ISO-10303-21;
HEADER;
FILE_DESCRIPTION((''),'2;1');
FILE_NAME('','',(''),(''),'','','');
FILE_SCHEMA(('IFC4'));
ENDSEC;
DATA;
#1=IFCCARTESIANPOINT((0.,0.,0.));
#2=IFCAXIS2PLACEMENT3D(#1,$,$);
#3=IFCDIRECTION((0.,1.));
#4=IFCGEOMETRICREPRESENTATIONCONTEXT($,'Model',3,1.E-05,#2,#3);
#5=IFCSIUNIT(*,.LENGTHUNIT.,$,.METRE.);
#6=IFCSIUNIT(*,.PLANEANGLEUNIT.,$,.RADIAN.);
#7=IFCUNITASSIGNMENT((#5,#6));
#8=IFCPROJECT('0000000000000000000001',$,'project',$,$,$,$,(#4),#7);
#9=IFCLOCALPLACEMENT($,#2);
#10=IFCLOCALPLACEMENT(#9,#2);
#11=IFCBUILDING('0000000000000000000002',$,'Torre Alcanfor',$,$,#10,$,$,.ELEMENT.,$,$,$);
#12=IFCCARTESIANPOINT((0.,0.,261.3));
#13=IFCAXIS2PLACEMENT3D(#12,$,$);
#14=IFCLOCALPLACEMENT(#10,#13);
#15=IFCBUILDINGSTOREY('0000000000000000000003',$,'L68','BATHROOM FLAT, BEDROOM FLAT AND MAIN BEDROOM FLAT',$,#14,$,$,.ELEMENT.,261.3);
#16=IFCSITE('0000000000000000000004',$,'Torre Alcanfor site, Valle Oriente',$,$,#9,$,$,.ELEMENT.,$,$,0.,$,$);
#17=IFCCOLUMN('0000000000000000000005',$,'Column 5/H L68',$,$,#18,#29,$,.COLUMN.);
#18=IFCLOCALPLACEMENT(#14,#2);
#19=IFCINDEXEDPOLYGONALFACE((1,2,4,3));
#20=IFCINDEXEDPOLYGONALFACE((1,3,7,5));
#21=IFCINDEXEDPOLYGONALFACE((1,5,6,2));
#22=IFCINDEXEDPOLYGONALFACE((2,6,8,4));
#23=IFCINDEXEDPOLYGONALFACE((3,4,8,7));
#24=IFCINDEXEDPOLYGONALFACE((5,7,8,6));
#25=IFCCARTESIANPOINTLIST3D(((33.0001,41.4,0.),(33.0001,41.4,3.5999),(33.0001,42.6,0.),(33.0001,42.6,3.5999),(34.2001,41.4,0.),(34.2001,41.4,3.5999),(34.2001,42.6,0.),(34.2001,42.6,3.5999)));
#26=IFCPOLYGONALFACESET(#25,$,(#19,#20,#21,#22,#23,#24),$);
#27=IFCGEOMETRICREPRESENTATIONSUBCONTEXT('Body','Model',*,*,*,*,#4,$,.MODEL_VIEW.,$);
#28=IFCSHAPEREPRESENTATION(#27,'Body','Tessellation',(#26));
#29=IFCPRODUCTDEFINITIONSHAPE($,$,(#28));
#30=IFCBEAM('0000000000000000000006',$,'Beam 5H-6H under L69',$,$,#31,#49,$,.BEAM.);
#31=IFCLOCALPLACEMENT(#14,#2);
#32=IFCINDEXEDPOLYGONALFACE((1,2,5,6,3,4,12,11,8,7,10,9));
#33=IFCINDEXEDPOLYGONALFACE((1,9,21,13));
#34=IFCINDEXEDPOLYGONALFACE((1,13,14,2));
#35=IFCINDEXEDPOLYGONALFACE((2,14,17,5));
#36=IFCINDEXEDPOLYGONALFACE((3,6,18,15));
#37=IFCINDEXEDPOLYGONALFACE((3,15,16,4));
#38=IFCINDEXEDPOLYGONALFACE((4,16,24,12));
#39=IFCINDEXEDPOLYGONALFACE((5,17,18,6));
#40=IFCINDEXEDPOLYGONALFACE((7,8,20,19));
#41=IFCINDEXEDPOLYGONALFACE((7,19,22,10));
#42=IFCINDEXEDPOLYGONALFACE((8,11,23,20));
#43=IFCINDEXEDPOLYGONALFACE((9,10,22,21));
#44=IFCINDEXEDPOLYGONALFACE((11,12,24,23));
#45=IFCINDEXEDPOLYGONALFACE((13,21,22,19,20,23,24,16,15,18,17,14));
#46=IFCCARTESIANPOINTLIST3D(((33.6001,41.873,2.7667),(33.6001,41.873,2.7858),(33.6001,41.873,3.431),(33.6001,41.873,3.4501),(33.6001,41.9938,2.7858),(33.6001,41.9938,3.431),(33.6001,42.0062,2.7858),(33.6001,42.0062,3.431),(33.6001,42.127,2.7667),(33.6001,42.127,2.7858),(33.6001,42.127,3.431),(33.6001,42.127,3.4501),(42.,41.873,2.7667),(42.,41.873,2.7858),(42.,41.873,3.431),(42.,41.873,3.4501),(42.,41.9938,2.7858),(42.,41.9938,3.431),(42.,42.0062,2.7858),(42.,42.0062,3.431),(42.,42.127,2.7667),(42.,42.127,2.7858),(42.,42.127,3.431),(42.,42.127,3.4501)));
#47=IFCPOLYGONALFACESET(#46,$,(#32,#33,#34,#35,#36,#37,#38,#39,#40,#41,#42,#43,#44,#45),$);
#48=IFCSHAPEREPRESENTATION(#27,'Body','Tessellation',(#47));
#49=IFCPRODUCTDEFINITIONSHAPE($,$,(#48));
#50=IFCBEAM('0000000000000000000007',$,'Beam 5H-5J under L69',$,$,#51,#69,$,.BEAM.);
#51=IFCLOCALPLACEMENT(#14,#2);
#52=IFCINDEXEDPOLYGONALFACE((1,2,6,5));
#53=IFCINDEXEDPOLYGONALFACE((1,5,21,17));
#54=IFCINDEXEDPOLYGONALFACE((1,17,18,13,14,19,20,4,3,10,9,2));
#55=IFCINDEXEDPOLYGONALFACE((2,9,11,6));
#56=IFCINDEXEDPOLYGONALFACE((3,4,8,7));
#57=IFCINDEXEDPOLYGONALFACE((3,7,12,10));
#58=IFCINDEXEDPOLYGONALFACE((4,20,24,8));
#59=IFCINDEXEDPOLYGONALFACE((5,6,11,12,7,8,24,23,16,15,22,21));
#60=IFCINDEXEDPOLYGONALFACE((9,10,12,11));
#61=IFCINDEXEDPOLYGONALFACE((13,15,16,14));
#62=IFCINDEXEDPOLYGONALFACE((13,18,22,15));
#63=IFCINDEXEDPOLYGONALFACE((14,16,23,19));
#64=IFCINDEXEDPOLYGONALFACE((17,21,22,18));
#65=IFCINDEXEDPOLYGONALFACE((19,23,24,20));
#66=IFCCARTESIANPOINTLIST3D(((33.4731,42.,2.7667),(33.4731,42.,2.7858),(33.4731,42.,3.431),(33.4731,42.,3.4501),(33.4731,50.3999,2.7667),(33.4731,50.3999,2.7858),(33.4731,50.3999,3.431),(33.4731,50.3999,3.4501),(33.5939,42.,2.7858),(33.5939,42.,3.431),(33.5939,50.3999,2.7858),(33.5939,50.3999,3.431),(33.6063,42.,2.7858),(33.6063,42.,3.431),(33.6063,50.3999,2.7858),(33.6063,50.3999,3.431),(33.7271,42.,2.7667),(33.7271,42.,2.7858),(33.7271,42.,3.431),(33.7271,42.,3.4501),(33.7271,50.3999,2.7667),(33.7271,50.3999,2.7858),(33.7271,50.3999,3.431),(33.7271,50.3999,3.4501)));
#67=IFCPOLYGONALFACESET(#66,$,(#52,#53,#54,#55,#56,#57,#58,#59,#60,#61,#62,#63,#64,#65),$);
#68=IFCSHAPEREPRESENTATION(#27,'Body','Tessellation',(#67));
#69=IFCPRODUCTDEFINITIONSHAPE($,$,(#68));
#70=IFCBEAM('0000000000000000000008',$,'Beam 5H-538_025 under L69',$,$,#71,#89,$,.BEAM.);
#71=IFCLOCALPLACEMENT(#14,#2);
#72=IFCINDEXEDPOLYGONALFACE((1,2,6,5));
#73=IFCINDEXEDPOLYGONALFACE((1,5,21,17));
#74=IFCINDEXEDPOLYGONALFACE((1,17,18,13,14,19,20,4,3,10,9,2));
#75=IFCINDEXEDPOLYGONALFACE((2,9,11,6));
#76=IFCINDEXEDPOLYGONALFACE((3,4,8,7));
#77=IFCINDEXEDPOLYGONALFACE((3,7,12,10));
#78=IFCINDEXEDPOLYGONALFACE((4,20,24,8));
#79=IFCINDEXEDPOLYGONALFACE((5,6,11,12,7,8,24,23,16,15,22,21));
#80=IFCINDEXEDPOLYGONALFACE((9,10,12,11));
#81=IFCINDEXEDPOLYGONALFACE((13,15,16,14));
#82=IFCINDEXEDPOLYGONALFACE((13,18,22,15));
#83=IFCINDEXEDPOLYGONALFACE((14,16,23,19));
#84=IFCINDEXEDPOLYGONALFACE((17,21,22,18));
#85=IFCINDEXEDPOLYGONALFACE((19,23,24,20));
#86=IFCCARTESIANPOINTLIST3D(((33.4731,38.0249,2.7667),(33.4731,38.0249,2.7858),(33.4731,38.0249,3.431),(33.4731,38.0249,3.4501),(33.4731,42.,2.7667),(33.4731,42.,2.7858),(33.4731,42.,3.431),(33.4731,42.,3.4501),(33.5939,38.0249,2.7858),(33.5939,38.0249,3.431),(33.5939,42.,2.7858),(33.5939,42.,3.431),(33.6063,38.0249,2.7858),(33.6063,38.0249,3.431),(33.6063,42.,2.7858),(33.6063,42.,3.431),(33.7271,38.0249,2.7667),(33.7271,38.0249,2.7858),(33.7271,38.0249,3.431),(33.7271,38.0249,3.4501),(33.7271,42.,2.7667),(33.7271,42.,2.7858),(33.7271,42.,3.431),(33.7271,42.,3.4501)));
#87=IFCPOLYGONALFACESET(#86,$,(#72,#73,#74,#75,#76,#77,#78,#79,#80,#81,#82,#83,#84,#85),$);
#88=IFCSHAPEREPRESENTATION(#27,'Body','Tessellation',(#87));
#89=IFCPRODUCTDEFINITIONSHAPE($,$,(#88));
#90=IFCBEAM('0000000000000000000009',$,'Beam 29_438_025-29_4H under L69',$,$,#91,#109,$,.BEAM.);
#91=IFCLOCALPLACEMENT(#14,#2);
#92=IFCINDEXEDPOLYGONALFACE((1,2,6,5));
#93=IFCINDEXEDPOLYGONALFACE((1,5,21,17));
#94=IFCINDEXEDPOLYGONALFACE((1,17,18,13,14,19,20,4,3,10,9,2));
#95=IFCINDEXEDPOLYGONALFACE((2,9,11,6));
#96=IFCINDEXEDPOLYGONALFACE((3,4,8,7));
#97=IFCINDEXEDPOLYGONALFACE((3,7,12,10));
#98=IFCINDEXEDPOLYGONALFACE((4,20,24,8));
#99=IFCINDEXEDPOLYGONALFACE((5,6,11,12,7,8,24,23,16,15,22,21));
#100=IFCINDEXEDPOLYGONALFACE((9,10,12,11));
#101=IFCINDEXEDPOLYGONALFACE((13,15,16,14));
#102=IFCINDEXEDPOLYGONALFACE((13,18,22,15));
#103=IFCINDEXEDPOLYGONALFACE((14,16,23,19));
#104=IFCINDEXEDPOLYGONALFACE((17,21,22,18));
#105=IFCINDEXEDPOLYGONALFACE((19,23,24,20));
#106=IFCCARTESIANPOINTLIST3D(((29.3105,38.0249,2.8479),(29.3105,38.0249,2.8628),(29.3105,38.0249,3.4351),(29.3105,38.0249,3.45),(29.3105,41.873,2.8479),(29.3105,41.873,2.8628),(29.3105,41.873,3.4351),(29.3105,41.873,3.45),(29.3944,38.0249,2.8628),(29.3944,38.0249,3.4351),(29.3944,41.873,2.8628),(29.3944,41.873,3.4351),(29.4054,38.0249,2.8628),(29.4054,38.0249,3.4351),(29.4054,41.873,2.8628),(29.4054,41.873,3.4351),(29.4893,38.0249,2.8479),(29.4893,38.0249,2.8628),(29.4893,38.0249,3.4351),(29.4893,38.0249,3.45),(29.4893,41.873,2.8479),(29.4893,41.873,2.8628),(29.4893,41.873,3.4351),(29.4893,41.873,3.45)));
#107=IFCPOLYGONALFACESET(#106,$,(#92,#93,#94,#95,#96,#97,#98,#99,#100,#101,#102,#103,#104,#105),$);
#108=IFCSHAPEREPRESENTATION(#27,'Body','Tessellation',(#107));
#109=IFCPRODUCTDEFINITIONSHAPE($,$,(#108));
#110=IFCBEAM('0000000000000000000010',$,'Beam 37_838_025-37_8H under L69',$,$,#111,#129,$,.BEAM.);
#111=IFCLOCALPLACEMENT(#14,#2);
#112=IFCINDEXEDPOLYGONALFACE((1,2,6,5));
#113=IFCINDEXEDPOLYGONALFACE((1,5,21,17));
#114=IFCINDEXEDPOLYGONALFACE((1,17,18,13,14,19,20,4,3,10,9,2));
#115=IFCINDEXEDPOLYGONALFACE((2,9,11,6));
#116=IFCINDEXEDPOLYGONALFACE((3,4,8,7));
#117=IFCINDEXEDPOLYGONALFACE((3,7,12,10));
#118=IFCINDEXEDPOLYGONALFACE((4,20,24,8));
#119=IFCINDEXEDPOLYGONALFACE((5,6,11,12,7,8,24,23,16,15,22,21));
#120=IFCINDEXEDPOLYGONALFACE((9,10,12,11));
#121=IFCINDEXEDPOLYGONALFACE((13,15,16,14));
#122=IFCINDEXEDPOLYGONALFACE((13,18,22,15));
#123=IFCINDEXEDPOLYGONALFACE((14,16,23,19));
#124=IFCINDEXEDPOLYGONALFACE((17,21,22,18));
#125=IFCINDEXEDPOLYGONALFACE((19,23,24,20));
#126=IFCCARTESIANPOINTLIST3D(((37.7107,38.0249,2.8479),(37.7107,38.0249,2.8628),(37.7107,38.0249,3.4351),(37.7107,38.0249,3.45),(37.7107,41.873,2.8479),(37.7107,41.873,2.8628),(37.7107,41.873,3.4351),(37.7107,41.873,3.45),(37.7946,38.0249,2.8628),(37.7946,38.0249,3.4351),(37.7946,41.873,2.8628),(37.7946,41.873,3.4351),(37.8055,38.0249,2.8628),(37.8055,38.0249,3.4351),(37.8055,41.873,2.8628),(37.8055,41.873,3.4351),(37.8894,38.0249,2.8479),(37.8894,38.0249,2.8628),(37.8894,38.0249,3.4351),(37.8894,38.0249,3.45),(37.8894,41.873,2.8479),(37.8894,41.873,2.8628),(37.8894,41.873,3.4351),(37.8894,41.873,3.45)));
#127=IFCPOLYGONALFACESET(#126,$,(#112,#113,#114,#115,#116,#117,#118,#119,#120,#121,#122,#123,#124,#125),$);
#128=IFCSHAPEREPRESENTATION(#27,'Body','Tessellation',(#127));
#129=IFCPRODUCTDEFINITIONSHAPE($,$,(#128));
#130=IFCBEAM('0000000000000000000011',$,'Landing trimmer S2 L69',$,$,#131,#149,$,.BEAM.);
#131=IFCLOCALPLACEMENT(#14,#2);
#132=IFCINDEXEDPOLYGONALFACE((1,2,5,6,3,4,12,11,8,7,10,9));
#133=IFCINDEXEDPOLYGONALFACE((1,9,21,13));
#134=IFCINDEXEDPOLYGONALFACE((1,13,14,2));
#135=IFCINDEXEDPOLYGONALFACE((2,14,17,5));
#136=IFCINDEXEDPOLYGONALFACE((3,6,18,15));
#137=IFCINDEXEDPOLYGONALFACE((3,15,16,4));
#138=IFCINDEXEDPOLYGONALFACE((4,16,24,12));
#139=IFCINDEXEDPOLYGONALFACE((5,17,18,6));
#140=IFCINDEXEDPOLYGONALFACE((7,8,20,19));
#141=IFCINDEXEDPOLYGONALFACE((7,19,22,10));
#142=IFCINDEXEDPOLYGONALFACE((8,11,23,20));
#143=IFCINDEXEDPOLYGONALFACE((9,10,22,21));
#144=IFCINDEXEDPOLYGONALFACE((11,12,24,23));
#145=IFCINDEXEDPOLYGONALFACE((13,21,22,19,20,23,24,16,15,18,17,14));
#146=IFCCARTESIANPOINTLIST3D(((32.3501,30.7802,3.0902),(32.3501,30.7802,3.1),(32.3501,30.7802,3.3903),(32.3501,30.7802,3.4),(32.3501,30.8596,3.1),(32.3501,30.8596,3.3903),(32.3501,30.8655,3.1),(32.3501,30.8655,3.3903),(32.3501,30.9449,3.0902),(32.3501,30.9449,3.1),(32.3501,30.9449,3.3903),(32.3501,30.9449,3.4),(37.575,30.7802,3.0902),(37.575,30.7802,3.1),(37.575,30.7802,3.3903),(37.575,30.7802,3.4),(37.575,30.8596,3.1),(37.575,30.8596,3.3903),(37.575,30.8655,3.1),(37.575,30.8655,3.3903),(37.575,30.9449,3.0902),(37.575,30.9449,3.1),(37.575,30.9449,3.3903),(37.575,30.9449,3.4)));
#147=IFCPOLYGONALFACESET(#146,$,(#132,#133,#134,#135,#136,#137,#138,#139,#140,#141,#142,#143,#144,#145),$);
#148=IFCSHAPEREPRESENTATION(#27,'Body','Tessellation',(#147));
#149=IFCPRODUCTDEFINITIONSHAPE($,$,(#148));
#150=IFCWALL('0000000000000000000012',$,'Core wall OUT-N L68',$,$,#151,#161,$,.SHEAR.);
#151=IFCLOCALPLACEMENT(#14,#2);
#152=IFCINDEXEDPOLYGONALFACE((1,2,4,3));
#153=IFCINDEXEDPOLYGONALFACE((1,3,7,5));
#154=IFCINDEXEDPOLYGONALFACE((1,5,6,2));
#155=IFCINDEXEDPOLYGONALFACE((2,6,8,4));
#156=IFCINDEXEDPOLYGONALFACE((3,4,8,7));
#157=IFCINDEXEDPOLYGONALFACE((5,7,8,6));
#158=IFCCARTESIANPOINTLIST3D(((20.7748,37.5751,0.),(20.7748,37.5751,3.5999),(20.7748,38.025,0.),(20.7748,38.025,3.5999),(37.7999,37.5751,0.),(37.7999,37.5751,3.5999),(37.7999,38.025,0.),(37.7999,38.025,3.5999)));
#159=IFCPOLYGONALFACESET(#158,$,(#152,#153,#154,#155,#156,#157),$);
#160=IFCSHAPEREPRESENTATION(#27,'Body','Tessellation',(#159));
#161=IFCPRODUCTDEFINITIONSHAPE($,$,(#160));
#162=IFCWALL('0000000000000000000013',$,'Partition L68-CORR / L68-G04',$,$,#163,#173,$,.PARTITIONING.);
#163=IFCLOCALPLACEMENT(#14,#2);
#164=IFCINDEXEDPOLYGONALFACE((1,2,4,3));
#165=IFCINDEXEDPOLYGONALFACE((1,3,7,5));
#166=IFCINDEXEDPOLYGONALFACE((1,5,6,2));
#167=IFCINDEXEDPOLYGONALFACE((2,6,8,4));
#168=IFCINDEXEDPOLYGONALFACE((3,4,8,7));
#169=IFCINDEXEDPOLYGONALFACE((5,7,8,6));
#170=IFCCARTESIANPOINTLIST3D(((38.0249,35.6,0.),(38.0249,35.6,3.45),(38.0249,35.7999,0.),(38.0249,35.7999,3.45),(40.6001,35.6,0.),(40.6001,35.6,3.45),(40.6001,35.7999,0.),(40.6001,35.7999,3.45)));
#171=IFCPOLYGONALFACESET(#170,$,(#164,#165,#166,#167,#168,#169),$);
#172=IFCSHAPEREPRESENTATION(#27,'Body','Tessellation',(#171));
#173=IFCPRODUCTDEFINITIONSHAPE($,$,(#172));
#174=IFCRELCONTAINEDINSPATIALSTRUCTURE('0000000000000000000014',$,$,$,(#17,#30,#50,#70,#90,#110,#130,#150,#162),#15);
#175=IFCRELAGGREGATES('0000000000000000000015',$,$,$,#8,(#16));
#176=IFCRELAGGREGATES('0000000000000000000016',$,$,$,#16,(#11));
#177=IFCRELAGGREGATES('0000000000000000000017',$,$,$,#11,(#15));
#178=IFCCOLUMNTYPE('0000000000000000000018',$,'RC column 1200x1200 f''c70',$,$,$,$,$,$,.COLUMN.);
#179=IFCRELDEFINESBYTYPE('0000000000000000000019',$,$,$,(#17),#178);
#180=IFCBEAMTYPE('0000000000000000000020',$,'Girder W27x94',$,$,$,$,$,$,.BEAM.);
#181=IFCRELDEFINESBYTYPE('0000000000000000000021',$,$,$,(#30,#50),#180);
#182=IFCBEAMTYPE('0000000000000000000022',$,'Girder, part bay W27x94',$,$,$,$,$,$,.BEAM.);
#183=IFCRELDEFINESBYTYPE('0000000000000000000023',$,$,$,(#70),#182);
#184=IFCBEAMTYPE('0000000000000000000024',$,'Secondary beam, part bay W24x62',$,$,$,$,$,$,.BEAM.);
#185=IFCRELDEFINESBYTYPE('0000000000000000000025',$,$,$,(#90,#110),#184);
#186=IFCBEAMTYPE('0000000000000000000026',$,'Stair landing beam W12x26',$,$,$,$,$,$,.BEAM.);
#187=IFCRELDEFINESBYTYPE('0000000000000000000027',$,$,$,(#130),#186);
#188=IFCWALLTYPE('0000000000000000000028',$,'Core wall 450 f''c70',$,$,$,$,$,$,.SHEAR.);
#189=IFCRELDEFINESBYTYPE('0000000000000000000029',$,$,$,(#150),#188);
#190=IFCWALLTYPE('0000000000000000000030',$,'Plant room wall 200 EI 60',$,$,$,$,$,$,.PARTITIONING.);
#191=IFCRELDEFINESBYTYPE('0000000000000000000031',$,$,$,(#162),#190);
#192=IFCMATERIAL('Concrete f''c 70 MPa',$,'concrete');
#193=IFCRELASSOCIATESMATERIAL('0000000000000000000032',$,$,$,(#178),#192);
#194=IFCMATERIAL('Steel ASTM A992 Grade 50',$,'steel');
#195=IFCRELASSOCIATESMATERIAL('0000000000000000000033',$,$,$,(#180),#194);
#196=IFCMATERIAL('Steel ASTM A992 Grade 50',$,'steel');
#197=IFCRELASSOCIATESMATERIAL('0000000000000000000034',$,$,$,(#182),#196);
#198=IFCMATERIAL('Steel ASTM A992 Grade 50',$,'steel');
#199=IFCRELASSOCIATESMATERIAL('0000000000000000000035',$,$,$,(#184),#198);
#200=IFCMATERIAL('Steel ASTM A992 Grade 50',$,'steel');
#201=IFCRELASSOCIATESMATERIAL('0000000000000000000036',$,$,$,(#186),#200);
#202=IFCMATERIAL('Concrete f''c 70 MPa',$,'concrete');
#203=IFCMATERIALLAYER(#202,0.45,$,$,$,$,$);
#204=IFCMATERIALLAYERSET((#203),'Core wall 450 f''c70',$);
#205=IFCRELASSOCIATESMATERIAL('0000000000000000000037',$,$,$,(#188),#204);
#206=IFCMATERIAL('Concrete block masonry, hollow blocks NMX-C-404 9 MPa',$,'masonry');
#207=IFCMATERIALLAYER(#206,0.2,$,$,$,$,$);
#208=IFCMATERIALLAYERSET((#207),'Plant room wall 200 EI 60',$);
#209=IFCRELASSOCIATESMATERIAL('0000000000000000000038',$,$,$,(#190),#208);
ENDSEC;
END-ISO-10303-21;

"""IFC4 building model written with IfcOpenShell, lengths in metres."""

from ifc_helpers import new_model, si_unit, direction, frame, frame_2d, origin, origin_2d, place, context, subcontext, project, spatial, rectangle, i_section, extrude, material, layer, layer_set, material_profile, profile_set, type_object, element, save


model = new_model("IFC4")

# Units and contexts
model_context = context("Model", 3, precision=1e-05, world=origin(), true_north=direction((0.0, 1.0)))
body_context = subcontext(model_context, "Body", "Model", "MODEL_VIEW")
ifc_project = project(units=[si_unit("LENGTHUNIT", "METRE"), si_unit("PLANEANGLEUNIT", "RADIAN")], contexts=[model_context])

# Site, building, storey
site_placement = place(None, origin())
site = spatial("IfcSite", under=ifc_project, at=site_placement, Name="Torre Alcanfor site, Valle Oriente", CompositionType="ELEMENT", RefElevation=0.0)
building_placement = place(site_placement, origin())
building = spatial("IfcBuilding", under=site, at=building_placement, Name="Torre Alcanfor", CompositionType="ELEMENT")
storey_placement = place(building_placement, frame((0.0, 0.0, 261.3)))
storey = spatial("IfcBuildingStorey", under=building, at=storey_placement, Name="L68", Description="BATHROOM FLAT, BEDROOM FLAT AND MAIN BEDROOM FLAT", CompositionType="ELEMENT", Elevation=261.3)

# Column
ifc_material_1 = material(Name="Concrete f'c 70 MPa", Category="concrete")
ifc_material_profile_1 = material_profile(ifc_material_1, rectangle(XDim=1.2, YDim=1.2, at=origin_2d()), Name="1200x1200")
ifc_profile_set_1 = profile_set([ifc_material_profile_1], Name="Concrete f'c 70 MPa")
column_type = type_object("IfcColumnType", Name="RC column 1200x1200 f'c70", PredefinedType="COLUMN", material=ifc_profile_set_1)
column_placement = place(storey_placement, frame((33.6001, 42.0, 0.0), z_axis=(0.0, 0.0, 1.0), x_axis=(1.0, 0.0, 0.0)))
element("IfcColumn", 1, at=column_placement, inside=storey, type_object=column_type, Name="Column 5/H L68", PredefinedType="COLUMN", context=body_context, shape_type="SweptSolid", body=[
    extrude(rectangle(XDim=1.2, YDim=1.2, at=origin_2d()), origin(), (0.0, 0.0, 1.0), 3.5999),
])

# Beams
ifc_material_2 = material(Name="Steel ASTM A992 Grade 50", Category="steel")
ifc_material_profile_2 = material_profile(ifc_material_2, i_section(OverallWidth=0.2539, OverallDepth=0.6833, WebThickness=0.0125, FlangeThickness=0.019, at=origin_2d()), Name="W27x94")
ifc_profile_set_2 = profile_set([ifc_material_profile_2], Name="Steel ASTM A992 Grade 50")
beam_type_1 = type_object("IfcBeamType", Name="Girder W27x94", PredefinedType="BEAM", material=ifc_profile_set_2)
for number, where, z_axis, x_axis, name in (
    (2, (33.6001, 42.0, 3.1084), (1.0, 0.0, 0.0), (0.0, 1.0, 0.0), "Beam 5H-6H under L69"),
    (3, (33.6001, 42.0, 3.1084), (0.0, 1.0, 0.0), (-1.0, 0.0, 0.0), "Beam 5H-5J under L69"),
):
    element("IfcBeam", number, at=place(storey_placement, frame(where, z_axis=z_axis, x_axis=x_axis)), inside=storey, type_object=beam_type_1, Name=name, PredefinedType="BEAM", context=body_context, shape_type="SweptSolid", body=[
        extrude(i_section(OverallWidth=0.2539, OverallDepth=0.6833, WebThickness=0.0125, FlangeThickness=0.019, at=origin_2d()), origin(), (0.0, 0.0, 1.0), 8.3999),
    ])
ifc_material_3 = material(Name="Steel ASTM A992 Grade 50", Category="steel")
ifc_material_profile_3 = material_profile(ifc_material_3, i_section(OverallWidth=0.2539, OverallDepth=0.6833, WebThickness=0.0125, FlangeThickness=0.019, at=origin_2d()), Name="W27x94")
ifc_profile_set_3 = profile_set([ifc_material_profile_3], Name="Steel ASTM A992 Grade 50")
beam_type_2 = type_object("IfcBeamType", Name="Girder, part bay W27x94", PredefinedType="BEAM", material=ifc_profile_set_3)
beam_1_placement = place(storey_placement, frame((33.6001, 42.0, 3.1084), z_axis=(0.0, -1.0, 0.0), x_axis=(1.0, 0.0, 0.0)))
element("IfcBeam", 4, at=beam_1_placement, inside=storey, type_object=beam_type_2, Name="Beam 5H-538_025 under L69", PredefinedType="BEAM", context=body_context, shape_type="SweptSolid", body=[
    extrude(i_section(OverallWidth=0.2539, OverallDepth=0.6833, WebThickness=0.0125, FlangeThickness=0.019, at=origin_2d()), origin(), (0.0, 0.0, 1.0), 3.9751),
])
ifc_material_4 = material(Name="Steel ASTM A992 Grade 50", Category="steel")
ifc_material_profile_4 = material_profile(ifc_material_4, i_section(OverallWidth=0.1787, OverallDepth=0.6021, WebThickness=0.011, FlangeThickness=0.0149, at=origin_2d()), Name="W24x62")
ifc_profile_set_4 = profile_set([ifc_material_profile_4], Name="Steel ASTM A992 Grade 50")
beam_type_3 = type_object("IfcBeamType", Name="Secondary beam, part bay W24x62", PredefinedType="BEAM", material=ifc_profile_set_4)
for number, where, z_axis, x_axis, name in (
    (5, (29.3999, 38.0249, 3.1489), (0.0, 1.0, 0.0), (-1.0, 0.0, 0.0), "Beam 29_438_025-29_4H under L69"),
    (6, (37.8, 38.0249, 3.1489), (0.0, 1.0, 0.0), (-1.0, 0.0, 0.0), "Beam 37_838_025-37_8H under L69"),
):
    element("IfcBeam", number, at=place(storey_placement, frame(where, z_axis=z_axis, x_axis=x_axis)), inside=storey, type_object=beam_type_3, Name=name, PredefinedType="BEAM", context=body_context, shape_type="SweptSolid", body=[
        extrude(i_section(OverallWidth=0.1787, OverallDepth=0.6021, WebThickness=0.011, FlangeThickness=0.0149, at=origin_2d()), origin(), (0.0, 0.0, 1.0), 3.8481),
    ])
ifc_material_5 = material(Name="Steel ASTM A992 Grade 50", Category="steel")
ifc_material_profile_5 = material_profile(ifc_material_5, i_section(OverallWidth=0.1648, OverallDepth=0.3098, WebThickness=0.0059, FlangeThickness=0.0098, at=origin_2d()), Name="W12x26")
ifc_profile_set_5 = profile_set([ifc_material_profile_5], Name="Steel ASTM A992 Grade 50")
beam_type_4 = type_object("IfcBeamType", Name="Stair landing beam W12x26", PredefinedType="BEAM", material=ifc_profile_set_5)
beam_2_placement = place(storey_placement, frame((32.3501, 30.8625, 3.2451), z_axis=(1.0, 0.0, 0.0), x_axis=(0.0, 1.0, 0.0)))
element("IfcBeam", 7, at=beam_2_placement, inside=storey, type_object=beam_type_4, Name="Landing trimmer S2 L69", PredefinedType="BEAM", context=body_context, shape_type="SweptSolid", body=[
    extrude(i_section(OverallWidth=0.1648, OverallDepth=0.3098, WebThickness=0.0059, FlangeThickness=0.0098, at=origin_2d()), origin(), (0.0, 0.0, 1.0), 5.2249),
])

# Walls
ifc_material_6 = material(Name="Concrete f'c 70 MPa", Category="concrete")
ifc_layer_1 = layer(ifc_material_6, 0.45)
ifc_layer_set_1 = layer_set([ifc_layer_1], Name="Core wall 450 f'c70")
wall_type_1 = type_object("IfcWallType", Name="Core wall 450 f'c70", PredefinedType="SHEAR", material=ifc_layer_set_1)
wall_1_placement = place(storey_placement, frame((37.8, 37.8, 0.0), z_axis=(0.0, 0.0, 1.0), x_axis=(-1.0, 0.0, 0.0)))
element("IfcWall", 8, at=wall_1_placement, inside=storey, type_object=wall_type_1, Name="Core wall OUT-N L68", PredefinedType="SHEAR", context=body_context, shape_type="SweptSolid", body=[
    extrude(rectangle(XDim=17.0251, YDim=0.45, at=frame_2d((8.5127, 0.0))), origin(), (0.0, 0.0, 1.0), 3.5999),
])
ifc_material_7 = material(Name="Concrete block masonry, hollow blocks NMX-C-404 9 MPa", Category="masonry")
ifc_layer_2 = layer(ifc_material_7, 0.2)
ifc_layer_set_2 = layer_set([ifc_layer_2], Name="Plant room wall 200 EI 60")
wall_type_2 = type_object("IfcWallType", Name="Plant room wall 200 EI 60", PredefinedType="PARTITIONING", material=ifc_layer_set_2)
wall_2_placement = place(storey_placement, frame((38.0249, 35.7, 0.0), z_axis=(0.0, 0.0, 1.0), x_axis=(1.0, 0.0, 0.0)))
element("IfcWall", 9, at=wall_2_placement, inside=storey, type_object=wall_type_2, Name="Partition L68-CORR / L68-G04", PredefinedType="PARTITIONING", context=body_context, shape_type="SweptSolid", body=[
    extrude(rectangle(XDim=2.5752, YDim=0.2, at=frame_2d((1.2876, 0.0))), origin(), (0.0, 0.0, 1.0), 3.45),
])

save(model, "model.ifc")
